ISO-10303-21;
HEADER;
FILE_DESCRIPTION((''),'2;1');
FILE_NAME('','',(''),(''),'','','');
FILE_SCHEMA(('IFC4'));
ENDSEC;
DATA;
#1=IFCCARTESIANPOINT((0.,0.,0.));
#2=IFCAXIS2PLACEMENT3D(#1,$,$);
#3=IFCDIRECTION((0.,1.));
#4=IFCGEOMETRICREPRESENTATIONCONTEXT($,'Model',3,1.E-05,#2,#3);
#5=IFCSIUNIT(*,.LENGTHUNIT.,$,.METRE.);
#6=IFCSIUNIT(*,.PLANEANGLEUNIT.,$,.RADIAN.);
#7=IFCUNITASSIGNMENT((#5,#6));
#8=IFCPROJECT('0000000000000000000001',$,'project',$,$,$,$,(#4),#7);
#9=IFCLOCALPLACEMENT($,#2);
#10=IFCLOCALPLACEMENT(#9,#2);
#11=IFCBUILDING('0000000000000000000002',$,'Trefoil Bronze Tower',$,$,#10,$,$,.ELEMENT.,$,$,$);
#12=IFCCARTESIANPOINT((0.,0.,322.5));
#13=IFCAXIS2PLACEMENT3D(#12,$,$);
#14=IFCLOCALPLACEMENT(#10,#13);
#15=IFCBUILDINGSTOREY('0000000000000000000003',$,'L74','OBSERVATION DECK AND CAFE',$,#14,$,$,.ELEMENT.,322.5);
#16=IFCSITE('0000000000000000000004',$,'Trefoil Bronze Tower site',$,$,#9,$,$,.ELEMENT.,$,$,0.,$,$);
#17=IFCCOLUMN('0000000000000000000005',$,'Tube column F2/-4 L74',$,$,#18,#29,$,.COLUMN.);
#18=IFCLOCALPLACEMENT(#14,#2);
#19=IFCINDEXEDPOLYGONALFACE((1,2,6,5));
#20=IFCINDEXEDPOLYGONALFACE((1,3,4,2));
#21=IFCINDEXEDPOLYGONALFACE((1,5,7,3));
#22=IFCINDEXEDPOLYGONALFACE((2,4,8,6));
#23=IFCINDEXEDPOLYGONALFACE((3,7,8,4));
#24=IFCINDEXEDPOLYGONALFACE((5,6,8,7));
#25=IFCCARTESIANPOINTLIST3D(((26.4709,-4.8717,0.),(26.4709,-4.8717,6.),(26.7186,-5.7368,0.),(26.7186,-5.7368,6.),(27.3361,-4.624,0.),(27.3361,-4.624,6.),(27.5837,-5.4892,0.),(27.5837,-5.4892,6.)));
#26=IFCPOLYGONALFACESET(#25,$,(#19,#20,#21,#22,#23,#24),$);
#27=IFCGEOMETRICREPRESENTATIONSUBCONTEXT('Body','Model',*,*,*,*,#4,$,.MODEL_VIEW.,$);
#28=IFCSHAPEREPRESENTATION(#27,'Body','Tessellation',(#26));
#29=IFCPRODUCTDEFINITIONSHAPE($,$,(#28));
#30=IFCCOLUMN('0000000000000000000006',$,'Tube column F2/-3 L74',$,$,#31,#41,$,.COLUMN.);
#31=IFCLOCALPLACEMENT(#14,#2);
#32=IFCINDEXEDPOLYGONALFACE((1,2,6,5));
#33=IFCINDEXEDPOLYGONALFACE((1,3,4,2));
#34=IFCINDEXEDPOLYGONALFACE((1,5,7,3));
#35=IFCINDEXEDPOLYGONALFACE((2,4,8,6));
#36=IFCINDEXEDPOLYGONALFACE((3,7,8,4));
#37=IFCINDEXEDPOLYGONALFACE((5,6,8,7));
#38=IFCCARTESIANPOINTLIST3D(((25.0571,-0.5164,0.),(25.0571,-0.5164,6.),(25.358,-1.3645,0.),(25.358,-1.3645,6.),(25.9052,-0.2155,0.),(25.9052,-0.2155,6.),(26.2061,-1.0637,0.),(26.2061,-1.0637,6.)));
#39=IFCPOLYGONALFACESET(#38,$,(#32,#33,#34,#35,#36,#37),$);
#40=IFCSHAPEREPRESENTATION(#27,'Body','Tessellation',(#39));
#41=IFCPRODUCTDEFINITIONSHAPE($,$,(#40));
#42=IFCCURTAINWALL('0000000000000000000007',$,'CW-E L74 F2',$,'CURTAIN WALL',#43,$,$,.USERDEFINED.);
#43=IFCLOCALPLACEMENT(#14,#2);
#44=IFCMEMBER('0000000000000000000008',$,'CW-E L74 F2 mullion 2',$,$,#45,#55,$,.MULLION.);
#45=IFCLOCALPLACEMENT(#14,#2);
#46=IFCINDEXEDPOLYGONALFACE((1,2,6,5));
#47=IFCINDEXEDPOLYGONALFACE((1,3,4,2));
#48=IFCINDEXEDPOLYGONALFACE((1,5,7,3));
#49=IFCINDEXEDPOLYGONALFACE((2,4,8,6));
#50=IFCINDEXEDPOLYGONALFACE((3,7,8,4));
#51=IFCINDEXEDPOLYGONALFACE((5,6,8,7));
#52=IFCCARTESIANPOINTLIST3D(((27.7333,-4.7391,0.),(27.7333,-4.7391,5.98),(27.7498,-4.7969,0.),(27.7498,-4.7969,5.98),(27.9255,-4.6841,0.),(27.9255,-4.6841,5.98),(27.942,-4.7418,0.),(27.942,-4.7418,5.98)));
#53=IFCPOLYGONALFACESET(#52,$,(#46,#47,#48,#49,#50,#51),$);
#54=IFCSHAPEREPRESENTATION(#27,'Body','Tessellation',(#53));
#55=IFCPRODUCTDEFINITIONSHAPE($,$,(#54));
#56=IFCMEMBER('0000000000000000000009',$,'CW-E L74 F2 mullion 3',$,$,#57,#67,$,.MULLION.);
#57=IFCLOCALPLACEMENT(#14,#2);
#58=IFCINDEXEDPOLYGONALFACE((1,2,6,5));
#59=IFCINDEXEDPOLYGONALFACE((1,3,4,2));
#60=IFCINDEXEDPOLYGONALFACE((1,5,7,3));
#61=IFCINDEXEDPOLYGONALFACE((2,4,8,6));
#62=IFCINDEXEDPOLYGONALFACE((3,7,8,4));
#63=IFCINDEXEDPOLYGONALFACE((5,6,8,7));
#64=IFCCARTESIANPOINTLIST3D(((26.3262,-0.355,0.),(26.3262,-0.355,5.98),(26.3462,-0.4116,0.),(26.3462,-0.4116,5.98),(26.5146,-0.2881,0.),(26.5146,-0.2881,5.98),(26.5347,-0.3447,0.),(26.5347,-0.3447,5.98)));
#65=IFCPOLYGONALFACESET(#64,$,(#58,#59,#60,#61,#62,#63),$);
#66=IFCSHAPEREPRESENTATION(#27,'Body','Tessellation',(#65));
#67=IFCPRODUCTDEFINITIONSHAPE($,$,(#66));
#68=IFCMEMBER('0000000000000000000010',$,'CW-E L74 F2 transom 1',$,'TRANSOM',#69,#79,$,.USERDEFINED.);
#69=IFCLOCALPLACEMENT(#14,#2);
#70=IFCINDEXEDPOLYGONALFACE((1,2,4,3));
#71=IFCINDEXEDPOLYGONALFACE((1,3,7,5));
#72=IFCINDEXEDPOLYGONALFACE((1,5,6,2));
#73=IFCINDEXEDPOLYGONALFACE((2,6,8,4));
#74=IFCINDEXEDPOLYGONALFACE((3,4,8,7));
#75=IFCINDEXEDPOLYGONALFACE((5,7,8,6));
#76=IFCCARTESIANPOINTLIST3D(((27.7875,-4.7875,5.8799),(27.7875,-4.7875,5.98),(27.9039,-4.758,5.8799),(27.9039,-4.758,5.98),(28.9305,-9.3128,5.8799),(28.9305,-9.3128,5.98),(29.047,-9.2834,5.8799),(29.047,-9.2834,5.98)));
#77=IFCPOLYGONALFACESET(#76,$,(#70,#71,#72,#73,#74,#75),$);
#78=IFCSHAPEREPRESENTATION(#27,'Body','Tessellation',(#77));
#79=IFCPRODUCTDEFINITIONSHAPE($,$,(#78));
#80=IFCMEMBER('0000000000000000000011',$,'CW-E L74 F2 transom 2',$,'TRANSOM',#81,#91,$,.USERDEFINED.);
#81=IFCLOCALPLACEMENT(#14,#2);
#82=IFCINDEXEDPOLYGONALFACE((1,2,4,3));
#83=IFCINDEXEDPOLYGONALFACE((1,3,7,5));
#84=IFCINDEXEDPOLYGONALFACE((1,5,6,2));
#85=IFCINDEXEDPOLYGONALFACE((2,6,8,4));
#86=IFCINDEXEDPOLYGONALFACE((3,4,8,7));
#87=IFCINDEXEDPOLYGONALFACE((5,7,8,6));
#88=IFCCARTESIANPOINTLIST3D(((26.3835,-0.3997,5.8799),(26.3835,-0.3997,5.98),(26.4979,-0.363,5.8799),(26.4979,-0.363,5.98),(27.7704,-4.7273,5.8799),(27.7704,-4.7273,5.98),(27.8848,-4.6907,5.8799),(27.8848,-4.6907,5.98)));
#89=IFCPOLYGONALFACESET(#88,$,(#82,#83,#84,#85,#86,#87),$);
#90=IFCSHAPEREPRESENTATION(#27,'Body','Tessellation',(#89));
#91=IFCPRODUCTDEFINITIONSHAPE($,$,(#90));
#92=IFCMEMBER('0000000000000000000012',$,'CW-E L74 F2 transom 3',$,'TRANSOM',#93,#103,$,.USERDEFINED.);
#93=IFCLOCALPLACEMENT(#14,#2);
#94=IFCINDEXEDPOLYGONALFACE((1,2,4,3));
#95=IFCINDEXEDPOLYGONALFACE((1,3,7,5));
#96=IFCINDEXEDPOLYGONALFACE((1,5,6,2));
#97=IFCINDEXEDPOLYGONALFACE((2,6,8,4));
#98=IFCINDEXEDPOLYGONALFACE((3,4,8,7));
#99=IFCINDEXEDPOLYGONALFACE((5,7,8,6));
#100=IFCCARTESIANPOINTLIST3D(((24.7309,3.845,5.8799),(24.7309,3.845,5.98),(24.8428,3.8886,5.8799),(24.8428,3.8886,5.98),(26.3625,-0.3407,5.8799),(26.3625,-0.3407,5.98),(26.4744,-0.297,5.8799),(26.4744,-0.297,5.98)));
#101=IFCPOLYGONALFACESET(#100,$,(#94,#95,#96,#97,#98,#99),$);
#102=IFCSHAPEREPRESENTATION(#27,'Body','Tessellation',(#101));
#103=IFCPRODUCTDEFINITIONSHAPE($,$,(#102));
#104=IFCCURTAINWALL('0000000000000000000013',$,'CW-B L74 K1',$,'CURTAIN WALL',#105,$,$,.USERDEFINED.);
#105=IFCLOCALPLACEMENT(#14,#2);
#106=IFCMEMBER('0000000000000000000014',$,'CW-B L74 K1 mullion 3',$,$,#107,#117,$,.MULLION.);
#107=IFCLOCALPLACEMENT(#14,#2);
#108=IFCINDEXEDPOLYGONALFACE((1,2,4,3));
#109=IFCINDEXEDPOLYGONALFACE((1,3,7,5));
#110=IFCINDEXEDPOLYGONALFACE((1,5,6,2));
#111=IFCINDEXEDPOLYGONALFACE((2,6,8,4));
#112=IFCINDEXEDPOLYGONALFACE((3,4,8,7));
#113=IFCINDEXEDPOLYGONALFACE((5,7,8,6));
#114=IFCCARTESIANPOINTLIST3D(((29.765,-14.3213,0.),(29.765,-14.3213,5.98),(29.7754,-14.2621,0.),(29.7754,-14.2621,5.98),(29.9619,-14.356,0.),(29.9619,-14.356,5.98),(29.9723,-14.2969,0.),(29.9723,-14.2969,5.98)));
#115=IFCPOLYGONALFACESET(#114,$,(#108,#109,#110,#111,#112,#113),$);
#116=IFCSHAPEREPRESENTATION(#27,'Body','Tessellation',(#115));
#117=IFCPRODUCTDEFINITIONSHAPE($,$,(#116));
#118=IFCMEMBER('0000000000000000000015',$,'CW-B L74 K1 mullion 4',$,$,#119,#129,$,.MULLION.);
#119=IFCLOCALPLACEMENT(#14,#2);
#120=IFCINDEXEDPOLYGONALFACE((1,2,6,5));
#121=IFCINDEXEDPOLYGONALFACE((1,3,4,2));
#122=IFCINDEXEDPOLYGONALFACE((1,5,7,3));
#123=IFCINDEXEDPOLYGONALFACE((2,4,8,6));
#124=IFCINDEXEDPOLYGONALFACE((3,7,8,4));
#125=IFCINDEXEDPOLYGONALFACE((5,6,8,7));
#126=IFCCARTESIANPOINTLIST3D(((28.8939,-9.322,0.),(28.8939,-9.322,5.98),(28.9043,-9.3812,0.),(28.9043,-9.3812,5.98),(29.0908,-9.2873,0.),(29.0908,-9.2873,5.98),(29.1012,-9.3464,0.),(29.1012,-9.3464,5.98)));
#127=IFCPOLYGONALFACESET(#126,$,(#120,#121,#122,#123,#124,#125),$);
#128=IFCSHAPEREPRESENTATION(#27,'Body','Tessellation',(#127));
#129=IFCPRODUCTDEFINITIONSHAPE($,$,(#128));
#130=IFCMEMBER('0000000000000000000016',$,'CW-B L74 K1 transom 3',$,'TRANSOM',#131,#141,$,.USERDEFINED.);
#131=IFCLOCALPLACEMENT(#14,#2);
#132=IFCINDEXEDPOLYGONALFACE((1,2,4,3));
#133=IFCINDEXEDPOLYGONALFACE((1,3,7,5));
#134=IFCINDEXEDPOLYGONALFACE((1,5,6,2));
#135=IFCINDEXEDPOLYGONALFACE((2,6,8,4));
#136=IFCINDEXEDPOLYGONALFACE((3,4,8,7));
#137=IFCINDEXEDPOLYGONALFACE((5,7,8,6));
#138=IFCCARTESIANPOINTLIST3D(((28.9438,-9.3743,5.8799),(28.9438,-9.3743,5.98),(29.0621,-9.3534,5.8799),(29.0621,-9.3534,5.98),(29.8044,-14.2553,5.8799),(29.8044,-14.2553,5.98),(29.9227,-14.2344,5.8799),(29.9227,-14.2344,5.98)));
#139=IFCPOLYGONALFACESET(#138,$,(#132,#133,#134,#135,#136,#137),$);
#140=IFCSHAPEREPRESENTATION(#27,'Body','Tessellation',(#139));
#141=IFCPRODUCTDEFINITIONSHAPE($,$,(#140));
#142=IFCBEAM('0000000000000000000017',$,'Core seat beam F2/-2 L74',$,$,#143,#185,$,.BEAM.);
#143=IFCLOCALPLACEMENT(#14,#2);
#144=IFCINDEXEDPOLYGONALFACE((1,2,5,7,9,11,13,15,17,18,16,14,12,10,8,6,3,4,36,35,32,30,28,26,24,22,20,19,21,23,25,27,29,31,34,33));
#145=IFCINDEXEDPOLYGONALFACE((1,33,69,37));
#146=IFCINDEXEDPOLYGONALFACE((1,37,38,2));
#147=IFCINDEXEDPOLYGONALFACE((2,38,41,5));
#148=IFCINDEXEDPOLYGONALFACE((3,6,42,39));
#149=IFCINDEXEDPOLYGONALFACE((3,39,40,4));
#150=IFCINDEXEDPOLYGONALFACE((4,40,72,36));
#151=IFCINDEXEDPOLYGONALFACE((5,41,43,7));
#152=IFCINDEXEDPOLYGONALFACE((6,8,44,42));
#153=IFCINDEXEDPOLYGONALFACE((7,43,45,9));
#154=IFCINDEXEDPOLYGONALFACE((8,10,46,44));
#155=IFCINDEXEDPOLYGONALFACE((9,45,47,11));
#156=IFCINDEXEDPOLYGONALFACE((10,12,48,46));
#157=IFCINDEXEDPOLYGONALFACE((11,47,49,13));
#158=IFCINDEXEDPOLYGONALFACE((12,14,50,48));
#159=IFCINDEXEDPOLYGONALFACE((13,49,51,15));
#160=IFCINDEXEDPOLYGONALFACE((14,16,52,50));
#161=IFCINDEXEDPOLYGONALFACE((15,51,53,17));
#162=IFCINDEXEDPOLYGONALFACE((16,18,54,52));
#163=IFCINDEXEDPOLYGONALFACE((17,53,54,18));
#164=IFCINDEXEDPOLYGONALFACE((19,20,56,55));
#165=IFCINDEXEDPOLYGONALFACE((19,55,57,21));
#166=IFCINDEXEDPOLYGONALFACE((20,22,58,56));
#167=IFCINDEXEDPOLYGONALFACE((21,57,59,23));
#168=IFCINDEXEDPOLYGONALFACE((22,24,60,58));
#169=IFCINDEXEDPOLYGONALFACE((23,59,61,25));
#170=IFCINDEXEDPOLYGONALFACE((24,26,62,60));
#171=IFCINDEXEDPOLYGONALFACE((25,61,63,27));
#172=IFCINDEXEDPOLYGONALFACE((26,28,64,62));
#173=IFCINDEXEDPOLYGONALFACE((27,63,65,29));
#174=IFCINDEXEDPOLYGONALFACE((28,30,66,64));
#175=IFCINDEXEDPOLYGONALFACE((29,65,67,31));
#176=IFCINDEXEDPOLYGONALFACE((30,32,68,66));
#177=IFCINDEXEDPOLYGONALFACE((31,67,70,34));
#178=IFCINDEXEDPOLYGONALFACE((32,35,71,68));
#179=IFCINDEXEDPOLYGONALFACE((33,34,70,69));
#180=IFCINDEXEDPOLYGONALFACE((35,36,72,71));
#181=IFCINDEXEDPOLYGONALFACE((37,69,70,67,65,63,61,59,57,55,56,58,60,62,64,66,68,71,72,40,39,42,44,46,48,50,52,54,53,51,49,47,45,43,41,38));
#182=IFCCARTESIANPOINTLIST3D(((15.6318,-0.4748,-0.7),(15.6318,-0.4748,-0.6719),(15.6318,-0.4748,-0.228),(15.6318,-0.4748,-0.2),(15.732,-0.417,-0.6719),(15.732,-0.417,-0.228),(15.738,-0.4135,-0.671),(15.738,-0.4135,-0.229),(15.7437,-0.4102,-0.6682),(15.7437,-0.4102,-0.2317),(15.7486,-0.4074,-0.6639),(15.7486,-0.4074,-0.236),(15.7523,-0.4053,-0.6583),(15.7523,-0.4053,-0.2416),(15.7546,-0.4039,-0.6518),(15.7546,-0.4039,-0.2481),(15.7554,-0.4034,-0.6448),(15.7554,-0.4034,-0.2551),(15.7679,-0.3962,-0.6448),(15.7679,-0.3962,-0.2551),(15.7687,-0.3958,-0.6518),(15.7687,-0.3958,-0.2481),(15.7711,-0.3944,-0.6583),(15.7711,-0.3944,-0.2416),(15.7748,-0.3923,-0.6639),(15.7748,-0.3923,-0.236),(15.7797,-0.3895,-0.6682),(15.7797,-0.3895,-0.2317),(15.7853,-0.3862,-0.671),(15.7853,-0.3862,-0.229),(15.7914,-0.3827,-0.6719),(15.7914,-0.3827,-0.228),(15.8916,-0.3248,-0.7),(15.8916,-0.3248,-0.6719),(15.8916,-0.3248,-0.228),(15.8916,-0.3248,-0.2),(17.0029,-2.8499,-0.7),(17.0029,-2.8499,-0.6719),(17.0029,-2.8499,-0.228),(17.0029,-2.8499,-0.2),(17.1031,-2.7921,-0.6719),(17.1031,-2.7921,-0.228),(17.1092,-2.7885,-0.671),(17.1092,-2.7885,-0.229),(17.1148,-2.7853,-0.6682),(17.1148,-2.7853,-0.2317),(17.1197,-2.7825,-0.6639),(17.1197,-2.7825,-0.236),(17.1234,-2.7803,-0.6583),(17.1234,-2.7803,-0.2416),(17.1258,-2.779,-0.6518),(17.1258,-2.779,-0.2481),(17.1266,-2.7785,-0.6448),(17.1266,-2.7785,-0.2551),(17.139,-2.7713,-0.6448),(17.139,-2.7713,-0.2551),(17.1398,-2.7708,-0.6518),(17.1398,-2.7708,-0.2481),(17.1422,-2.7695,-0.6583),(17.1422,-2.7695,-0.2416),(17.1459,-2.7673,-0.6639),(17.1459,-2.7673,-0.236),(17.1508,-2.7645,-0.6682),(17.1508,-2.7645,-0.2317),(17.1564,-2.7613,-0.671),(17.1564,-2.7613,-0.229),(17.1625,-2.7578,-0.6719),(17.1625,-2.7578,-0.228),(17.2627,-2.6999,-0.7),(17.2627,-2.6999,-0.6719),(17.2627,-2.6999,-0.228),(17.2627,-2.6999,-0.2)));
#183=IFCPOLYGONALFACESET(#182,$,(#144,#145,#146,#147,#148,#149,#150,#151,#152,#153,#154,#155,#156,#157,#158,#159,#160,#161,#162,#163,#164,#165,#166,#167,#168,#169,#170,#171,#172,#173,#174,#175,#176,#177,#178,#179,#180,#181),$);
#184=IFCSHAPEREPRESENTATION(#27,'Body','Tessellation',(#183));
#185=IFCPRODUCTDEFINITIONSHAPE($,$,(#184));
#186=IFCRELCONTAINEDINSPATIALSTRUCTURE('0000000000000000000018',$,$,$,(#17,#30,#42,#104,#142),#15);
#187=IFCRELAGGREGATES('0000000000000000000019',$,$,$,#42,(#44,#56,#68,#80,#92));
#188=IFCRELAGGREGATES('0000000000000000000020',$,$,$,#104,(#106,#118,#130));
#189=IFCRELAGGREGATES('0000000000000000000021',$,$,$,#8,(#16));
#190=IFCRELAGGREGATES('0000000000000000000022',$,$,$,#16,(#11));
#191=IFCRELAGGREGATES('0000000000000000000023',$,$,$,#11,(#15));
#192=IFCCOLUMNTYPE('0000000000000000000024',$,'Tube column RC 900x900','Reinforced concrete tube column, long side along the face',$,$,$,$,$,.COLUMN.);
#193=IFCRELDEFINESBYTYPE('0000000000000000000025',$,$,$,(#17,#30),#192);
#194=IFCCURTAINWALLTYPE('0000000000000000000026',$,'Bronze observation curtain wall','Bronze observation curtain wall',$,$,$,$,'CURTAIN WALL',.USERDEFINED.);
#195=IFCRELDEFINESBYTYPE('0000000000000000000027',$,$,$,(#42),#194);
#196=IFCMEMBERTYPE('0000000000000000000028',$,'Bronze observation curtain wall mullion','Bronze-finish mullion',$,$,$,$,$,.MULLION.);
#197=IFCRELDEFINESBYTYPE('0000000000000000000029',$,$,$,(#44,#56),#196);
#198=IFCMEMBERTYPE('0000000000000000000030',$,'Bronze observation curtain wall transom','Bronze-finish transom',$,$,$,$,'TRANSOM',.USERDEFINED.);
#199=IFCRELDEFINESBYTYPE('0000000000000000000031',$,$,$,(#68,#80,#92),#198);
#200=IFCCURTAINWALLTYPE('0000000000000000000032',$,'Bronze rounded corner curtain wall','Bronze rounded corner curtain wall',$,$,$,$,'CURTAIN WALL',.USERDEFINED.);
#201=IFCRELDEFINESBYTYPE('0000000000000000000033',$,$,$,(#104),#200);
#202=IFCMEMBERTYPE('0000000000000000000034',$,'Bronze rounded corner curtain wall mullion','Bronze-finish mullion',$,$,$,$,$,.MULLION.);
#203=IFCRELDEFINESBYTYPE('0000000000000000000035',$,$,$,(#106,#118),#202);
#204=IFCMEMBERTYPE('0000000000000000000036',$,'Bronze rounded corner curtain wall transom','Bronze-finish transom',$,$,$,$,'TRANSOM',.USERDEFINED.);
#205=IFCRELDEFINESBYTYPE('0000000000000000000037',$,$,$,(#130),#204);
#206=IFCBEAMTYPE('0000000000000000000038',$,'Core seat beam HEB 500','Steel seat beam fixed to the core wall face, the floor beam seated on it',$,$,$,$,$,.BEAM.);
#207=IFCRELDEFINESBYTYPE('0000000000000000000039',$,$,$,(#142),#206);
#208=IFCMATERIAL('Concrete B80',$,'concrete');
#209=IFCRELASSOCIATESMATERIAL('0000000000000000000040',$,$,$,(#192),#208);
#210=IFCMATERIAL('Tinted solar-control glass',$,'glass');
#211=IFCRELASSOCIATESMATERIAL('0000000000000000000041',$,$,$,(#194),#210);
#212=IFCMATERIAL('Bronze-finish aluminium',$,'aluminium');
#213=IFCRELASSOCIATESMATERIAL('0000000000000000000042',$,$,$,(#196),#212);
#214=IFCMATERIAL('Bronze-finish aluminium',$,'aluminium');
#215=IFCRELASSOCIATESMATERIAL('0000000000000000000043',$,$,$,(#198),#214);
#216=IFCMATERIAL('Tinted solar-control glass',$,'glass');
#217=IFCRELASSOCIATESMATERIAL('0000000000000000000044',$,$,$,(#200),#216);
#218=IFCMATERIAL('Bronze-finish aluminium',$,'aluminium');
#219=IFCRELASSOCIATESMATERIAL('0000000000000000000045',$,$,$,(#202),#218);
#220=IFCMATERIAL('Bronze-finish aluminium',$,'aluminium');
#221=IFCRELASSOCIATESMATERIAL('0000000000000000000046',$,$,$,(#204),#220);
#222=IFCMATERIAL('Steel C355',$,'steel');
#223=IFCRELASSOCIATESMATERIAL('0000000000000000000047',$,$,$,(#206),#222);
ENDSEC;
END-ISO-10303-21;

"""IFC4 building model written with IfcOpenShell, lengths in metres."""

from ifc_helpers import new_model, si_unit, direction, frame, origin, origin_2d, place, context, subcontext, project, spatial, rectangle, i_section, extrude, material, material_profile, profile_set, type_object, element, aggregate, save


model = new_model("IFC4")

# Units and contexts
model_context = context("Model", 3, precision=1e-05, world=origin(), true_north=direction((0.0, 1.0)))
body_context = subcontext(model_context, "Body", "Model", "MODEL_VIEW")
ifc_project = project(units=[si_unit("LENGTHUNIT", "METRE"), si_unit("PLANEANGLEUNIT", "RADIAN")], contexts=[model_context])

# Site, building, storey
site_placement = place(None, origin())
site = spatial("IfcSite", under=ifc_project, at=site_placement, Name="Trefoil Bronze Tower site", CompositionType="ELEMENT", RefElevation=0.0)
building_placement = place(site_placement, origin())
building = spatial("IfcBuilding", under=site, at=building_placement, Name="Trefoil Bronze Tower", CompositionType="ELEMENT")
storey_placement = place(building_placement, frame((0.0, 0.0, 322.5)))
storey = spatial("IfcBuildingStorey", under=building, at=storey_placement, Name="L74", Description="OBSERVATION DECK AND CAFE", CompositionType="ELEMENT", Elevation=322.5)

# Columns
ifc_material_1 = material(Name="Concrete B80", Category="concrete")
ifc_material_profile_1 = material_profile(ifc_material_1, rectangle(XDim=0.8999, YDim=0.8999, at=origin_2d()), Name="RC 900x900")
ifc_profile_set_1 = profile_set([ifc_material_profile_1], Name="Concrete B80")
column_type = type_object("IfcColumnType", Name="Tube column RC 900x900", Description="Reinforced concrete tube column, long side along the face", PredefinedType="COLUMN", material=ifc_profile_set_1)
for number, where, z_axis, x_axis, name in (
    (1, (27.0273, -5.1804, 0.0), (0.0, 0.0, 1.0), (-0.275169, 0.961396, 0.0), "Tube column F2/-4 L74"),
    (2, (25.6316, -0.79, 0.0), (0.0, 0.0, 1.0), (-0.334352, 0.942448, 0.0), "Tube column F2/-3 L74"),
):
    element("IfcColumn", number, at=place(storey_placement, frame(where, z_axis=z_axis, x_axis=x_axis)), inside=storey, type_object=column_type, Name=name, PredefinedType="COLUMN", context=body_context, shape_type="SweptSolid", body=[
        extrude(rectangle(XDim=0.8999, YDim=0.8999, at=origin_2d()), origin(), (0.0, 0.0, 1.0), 6.0),
    ])

# Curtain walls, members
ifc_material_2 = material(Name="Tinted solar-control glass", Category="glass")
curtain_wall_type_1 = type_object("IfcCurtainWallType", Name="Bronze observation curtain wall", Description="Bronze observation curtain wall", ElementType="CURTAIN WALL", PredefinedType="USERDEFINED", material=ifc_material_2)
curtain_wall_1_placement = place(storey_placement, origin())
curtain_wall_1 = element("IfcCurtainWall", 3, at=curtain_wall_1_placement, inside=storey, type_object=curtain_wall_type_1, Name="CW-E L74 F2", ObjectType="CURTAIN WALL", PredefinedType="USERDEFINED")
ifc_material_3 = material(Name="Bronze-finish aluminium", Category="aluminium")
ifc_material_profile_2 = material_profile(ifc_material_3, rectangle(XDim=0.2, YDim=0.0601, at=origin_2d()), Name="CW-E mullion")
ifc_profile_set_2 = profile_set([ifc_material_profile_2], Name="Bronze-finish aluminium")
member_type_1 = type_object("IfcMemberType", Name="Bronze observation curtain wall mullion", Description="Bronze-finish mullion", PredefinedType="MULLION", material=ifc_profile_set_2)
member_1_placement = place(storey_placement, frame((27.8376, -4.7405, 0.0), z_axis=(0.0, 0.0, 1.0), x_axis=(-0.961396, -0.275169, 0.0)))
member_1 = element("IfcMember", 4, at=member_1_placement, type_object=member_type_1, Name="CW-E L74 F2 mullion 2", PredefinedType="MULLION", context=body_context, shape_type="SweptSolid", body=[
    extrude(rectangle(XDim=0.2, YDim=0.0601, at=origin_2d()), origin(), (0.0, 0.0, 1.0), 5.98),
])
member_2_placement = place(storey_placement, frame((26.4304, -0.3499, 0.0), z_axis=(0.0, 0.0, 1.0), x_axis=(-0.942448, -0.334352, 0.0)))
member_2 = element("IfcMember", 5, at=member_2_placement, type_object=member_type_1, Name="CW-E L74 F2 mullion 3", PredefinedType="MULLION", context=body_context, shape_type="SweptSolid", body=[
    extrude(rectangle(XDim=0.2, YDim=0.0601, at=origin_2d()), origin(), (0.0, 0.0, 1.0), 5.98),
])
ifc_material_4 = material(Name="Bronze-finish aluminium", Category="aluminium")
ifc_material_profile_3 = material_profile(ifc_material_4, rectangle(XDim=0.1201, YDim=0.1001, at=origin_2d()), Name="CW-E transom")
ifc_profile_set_3 = profile_set([ifc_material_profile_3], Name="Bronze-finish aluminium")
member_type_2 = type_object("IfcMemberType", Name="Bronze observation curtain wall transom", Description="Bronze-finish transom", ElementType="TRANSOM", PredefinedType="USERDEFINED", material=ifc_profile_set_3)
member_3_placement = place(storey_placement, frame((28.9888, -9.2981, 5.9299), z_axis=(-0.244898, 0.969549, 0.0), x_axis=(-0.969549, -0.244898, 0.0)))
member_3 = element("IfcMember", 6, at=member_3_placement, type_object=member_type_2, Name="CW-E L74 F2 transom 1", ObjectType="TRANSOM", PredefinedType="USERDEFINED", context=body_context, shape_type="SweptSolid", body=[
    extrude(rectangle(XDim=0.1201, YDim=0.1001, at=origin_2d()), origin(), (0.0, 0.0, 1.0), 4.6675),
])
member_4_placement = place(storey_placement, frame((27.8276, -4.709, 5.9299), z_axis=(-0.305199, 0.952289, 0.0), x_axis=(-0.952289, -0.305199, 0.0)))
member_4 = element("IfcMember", 7, at=member_4_placement, type_object=member_type_2, Name="CW-E L74 F2 transom 2", ObjectType="TRANSOM", PredefinedType="USERDEFINED", context=body_context, shape_type="SweptSolid", body=[
    extrude(rectangle(XDim=0.1201, YDim=0.1001, at=origin_2d()), origin(), (0.0, 0.0, 1.0), 4.5444),
])
member_5_placement = place(storey_placement, frame((26.4185, -0.3188, 5.9299), z_axis=(-0.363196, 0.931713, 0.0), x_axis=(-0.931713, -0.363196, 0.0)))
member_5 = element("IfcMember", 8, at=member_5_placement, type_object=member_type_2, Name="CW-E L74 F2 transom 3", ObjectType="TRANSOM", PredefinedType="USERDEFINED", context=body_context, shape_type="SweptSolid", body=[
    extrude(rectangle(XDim=0.1201, YDim=0.1001, at=origin_2d()), origin(), (0.0, 0.0, 1.0), 4.4924),
])
ifc_material_5 = material(Name="Tinted solar-control glass", Category="glass")
curtain_wall_type_2 = type_object("IfcCurtainWallType", Name="Bronze rounded corner curtain wall", Description="Bronze rounded corner curtain wall", ElementType="CURTAIN WALL", PredefinedType="USERDEFINED", material=ifc_material_5)
curtain_wall_2_placement = place(storey_placement, origin())
curtain_wall_2 = element("IfcCurtainWall", 9, at=curtain_wall_2_placement, inside=storey, type_object=curtain_wall_type_2, Name="CW-B L74 K1", ObjectType="CURTAIN WALL", PredefinedType="USERDEFINED")
ifc_material_6 = material(Name="Bronze-finish aluminium", Category="aluminium")
ifc_material_profile_4 = material_profile(ifc_material_6, rectangle(XDim=0.2, YDim=0.0601, at=origin_2d()), Name="CW-B mullion")
ifc_profile_set_4 = profile_set([ifc_material_profile_4], Name="Bronze-finish aluminium")
member_type_3 = type_object("IfcMemberType", Name="Bronze rounded corner curtain wall mullion", Description="Bronze-finish mullion", PredefinedType="MULLION", material=ifc_profile_set_4)
member_6_placement = place(storey_placement, frame((29.8687, -14.3091, 0.0), z_axis=(0.0, 0.0, 1.0), x_axis=(-0.984808, 0.173648, 0.0)))
member_6 = element("IfcMember", 10, at=member_6_placement, type_object=member_type_3, Name="CW-B L74 K1 mullion 3", PredefinedType="MULLION", context=body_context, shape_type="SweptSolid", body=[
    extrude(rectangle(XDim=0.2, YDim=0.0601, at=origin_2d()), origin(), (0.0, 0.0, 1.0), 5.98),
])
member_7_placement = place(storey_placement, frame((28.9976, -9.3342, 0.0), z_axis=(0.0, 0.0, 1.0), x_axis=(-0.984808, -0.173648, 0.0)))
member_7 = element("IfcMember", 11, at=member_7_placement, type_object=member_type_3, Name="CW-B L74 K1 mullion 4", PredefinedType="MULLION", context=body_context, shape_type="SweptSolid", body=[
    extrude(rectangle(XDim=0.2, YDim=0.0601, at=origin_2d()), origin(), (0.0, 0.0, 1.0), 5.98),
])
ifc_material_7 = material(Name="Bronze-finish aluminium", Category="aluminium")
ifc_material_profile_5 = material_profile(ifc_material_7, rectangle(XDim=0.1201, YDim=0.1001, at=origin_2d()), Name="CW-B transom")
ifc_profile_set_5 = profile_set([ifc_material_profile_5], Name="Bronze-finish aluminium")
member_type_4 = type_object("IfcMemberType", Name="Bronze rounded corner curtain wall transom", Description="Bronze-finish transom", ElementType="TRANSOM", PredefinedType="USERDEFINED", material=ifc_profile_set_5)
member_8_placement = place(storey_placement, frame((29.8635, -14.2449, 5.9299), z_axis=(-0.173634, 0.98481, 0.0), x_axis=(-0.98481, -0.173634, 0.0)))
member_8 = element("IfcMember", 12, at=member_8_placement, type_object=member_type_4, Name="CW-B L74 K1 transom 3", ObjectType="TRANSOM", PredefinedType="USERDEFINED", context=body_context, shape_type="SweptSolid", body=[
    extrude(rectangle(XDim=0.1201, YDim=0.1001, at=origin_2d()), origin(), (0.0, 0.0, 1.0), 4.9563),
])

# Beam
ifc_material_8 = material(Name="Steel C355", Category="steel")
ifc_material_profile_6 = material_profile(ifc_material_8, i_section(OverallWidth=0.3, OverallDepth=0.5, WebThickness=0.0144, FlangeThickness=0.0281, FilletRadius=0.0271, at=origin_2d()), Name="HEB 500")
ifc_profile_set_6 = profile_set([ifc_material_profile_6], Name="Steel C355")
beam_type_1 = type_object("IfcBeamType", Name="Core seat beam HEB 500", Description="Steel seat beam fixed to the core wall face, the floor beam seated on it", PredefinedType="BEAM", material=ifc_profile_set_6)
beam_1_placement = place(storey_placement, frame((17.1328, -2.7749, -0.45), z_axis=(-0.499969, 0.866043, 0.0), x_axis=(-0.866043, -0.499969, 0.0)))
element("IfcBeam", 13, at=beam_1_placement, inside=storey, type_object=beam_type_1, Name="Core seat beam F2/-2 L74", PredefinedType="BEAM", context=body_context, shape_type="SweptSolid", body=[
    extrude(i_section(OverallWidth=0.3, OverallDepth=0.5, WebThickness=0.0144, FlangeThickness=0.0281, FilletRadius=0.0271, at=origin_2d()), origin(), (0.0, 0.0, 1.0), 2.7424),
])

aggregate(curtain_wall_1, [member_1, member_2, member_3, member_4, member_5])
aggregate(curtain_wall_2, [member_6, member_7, member_8])

save(model, "model.ifc")
